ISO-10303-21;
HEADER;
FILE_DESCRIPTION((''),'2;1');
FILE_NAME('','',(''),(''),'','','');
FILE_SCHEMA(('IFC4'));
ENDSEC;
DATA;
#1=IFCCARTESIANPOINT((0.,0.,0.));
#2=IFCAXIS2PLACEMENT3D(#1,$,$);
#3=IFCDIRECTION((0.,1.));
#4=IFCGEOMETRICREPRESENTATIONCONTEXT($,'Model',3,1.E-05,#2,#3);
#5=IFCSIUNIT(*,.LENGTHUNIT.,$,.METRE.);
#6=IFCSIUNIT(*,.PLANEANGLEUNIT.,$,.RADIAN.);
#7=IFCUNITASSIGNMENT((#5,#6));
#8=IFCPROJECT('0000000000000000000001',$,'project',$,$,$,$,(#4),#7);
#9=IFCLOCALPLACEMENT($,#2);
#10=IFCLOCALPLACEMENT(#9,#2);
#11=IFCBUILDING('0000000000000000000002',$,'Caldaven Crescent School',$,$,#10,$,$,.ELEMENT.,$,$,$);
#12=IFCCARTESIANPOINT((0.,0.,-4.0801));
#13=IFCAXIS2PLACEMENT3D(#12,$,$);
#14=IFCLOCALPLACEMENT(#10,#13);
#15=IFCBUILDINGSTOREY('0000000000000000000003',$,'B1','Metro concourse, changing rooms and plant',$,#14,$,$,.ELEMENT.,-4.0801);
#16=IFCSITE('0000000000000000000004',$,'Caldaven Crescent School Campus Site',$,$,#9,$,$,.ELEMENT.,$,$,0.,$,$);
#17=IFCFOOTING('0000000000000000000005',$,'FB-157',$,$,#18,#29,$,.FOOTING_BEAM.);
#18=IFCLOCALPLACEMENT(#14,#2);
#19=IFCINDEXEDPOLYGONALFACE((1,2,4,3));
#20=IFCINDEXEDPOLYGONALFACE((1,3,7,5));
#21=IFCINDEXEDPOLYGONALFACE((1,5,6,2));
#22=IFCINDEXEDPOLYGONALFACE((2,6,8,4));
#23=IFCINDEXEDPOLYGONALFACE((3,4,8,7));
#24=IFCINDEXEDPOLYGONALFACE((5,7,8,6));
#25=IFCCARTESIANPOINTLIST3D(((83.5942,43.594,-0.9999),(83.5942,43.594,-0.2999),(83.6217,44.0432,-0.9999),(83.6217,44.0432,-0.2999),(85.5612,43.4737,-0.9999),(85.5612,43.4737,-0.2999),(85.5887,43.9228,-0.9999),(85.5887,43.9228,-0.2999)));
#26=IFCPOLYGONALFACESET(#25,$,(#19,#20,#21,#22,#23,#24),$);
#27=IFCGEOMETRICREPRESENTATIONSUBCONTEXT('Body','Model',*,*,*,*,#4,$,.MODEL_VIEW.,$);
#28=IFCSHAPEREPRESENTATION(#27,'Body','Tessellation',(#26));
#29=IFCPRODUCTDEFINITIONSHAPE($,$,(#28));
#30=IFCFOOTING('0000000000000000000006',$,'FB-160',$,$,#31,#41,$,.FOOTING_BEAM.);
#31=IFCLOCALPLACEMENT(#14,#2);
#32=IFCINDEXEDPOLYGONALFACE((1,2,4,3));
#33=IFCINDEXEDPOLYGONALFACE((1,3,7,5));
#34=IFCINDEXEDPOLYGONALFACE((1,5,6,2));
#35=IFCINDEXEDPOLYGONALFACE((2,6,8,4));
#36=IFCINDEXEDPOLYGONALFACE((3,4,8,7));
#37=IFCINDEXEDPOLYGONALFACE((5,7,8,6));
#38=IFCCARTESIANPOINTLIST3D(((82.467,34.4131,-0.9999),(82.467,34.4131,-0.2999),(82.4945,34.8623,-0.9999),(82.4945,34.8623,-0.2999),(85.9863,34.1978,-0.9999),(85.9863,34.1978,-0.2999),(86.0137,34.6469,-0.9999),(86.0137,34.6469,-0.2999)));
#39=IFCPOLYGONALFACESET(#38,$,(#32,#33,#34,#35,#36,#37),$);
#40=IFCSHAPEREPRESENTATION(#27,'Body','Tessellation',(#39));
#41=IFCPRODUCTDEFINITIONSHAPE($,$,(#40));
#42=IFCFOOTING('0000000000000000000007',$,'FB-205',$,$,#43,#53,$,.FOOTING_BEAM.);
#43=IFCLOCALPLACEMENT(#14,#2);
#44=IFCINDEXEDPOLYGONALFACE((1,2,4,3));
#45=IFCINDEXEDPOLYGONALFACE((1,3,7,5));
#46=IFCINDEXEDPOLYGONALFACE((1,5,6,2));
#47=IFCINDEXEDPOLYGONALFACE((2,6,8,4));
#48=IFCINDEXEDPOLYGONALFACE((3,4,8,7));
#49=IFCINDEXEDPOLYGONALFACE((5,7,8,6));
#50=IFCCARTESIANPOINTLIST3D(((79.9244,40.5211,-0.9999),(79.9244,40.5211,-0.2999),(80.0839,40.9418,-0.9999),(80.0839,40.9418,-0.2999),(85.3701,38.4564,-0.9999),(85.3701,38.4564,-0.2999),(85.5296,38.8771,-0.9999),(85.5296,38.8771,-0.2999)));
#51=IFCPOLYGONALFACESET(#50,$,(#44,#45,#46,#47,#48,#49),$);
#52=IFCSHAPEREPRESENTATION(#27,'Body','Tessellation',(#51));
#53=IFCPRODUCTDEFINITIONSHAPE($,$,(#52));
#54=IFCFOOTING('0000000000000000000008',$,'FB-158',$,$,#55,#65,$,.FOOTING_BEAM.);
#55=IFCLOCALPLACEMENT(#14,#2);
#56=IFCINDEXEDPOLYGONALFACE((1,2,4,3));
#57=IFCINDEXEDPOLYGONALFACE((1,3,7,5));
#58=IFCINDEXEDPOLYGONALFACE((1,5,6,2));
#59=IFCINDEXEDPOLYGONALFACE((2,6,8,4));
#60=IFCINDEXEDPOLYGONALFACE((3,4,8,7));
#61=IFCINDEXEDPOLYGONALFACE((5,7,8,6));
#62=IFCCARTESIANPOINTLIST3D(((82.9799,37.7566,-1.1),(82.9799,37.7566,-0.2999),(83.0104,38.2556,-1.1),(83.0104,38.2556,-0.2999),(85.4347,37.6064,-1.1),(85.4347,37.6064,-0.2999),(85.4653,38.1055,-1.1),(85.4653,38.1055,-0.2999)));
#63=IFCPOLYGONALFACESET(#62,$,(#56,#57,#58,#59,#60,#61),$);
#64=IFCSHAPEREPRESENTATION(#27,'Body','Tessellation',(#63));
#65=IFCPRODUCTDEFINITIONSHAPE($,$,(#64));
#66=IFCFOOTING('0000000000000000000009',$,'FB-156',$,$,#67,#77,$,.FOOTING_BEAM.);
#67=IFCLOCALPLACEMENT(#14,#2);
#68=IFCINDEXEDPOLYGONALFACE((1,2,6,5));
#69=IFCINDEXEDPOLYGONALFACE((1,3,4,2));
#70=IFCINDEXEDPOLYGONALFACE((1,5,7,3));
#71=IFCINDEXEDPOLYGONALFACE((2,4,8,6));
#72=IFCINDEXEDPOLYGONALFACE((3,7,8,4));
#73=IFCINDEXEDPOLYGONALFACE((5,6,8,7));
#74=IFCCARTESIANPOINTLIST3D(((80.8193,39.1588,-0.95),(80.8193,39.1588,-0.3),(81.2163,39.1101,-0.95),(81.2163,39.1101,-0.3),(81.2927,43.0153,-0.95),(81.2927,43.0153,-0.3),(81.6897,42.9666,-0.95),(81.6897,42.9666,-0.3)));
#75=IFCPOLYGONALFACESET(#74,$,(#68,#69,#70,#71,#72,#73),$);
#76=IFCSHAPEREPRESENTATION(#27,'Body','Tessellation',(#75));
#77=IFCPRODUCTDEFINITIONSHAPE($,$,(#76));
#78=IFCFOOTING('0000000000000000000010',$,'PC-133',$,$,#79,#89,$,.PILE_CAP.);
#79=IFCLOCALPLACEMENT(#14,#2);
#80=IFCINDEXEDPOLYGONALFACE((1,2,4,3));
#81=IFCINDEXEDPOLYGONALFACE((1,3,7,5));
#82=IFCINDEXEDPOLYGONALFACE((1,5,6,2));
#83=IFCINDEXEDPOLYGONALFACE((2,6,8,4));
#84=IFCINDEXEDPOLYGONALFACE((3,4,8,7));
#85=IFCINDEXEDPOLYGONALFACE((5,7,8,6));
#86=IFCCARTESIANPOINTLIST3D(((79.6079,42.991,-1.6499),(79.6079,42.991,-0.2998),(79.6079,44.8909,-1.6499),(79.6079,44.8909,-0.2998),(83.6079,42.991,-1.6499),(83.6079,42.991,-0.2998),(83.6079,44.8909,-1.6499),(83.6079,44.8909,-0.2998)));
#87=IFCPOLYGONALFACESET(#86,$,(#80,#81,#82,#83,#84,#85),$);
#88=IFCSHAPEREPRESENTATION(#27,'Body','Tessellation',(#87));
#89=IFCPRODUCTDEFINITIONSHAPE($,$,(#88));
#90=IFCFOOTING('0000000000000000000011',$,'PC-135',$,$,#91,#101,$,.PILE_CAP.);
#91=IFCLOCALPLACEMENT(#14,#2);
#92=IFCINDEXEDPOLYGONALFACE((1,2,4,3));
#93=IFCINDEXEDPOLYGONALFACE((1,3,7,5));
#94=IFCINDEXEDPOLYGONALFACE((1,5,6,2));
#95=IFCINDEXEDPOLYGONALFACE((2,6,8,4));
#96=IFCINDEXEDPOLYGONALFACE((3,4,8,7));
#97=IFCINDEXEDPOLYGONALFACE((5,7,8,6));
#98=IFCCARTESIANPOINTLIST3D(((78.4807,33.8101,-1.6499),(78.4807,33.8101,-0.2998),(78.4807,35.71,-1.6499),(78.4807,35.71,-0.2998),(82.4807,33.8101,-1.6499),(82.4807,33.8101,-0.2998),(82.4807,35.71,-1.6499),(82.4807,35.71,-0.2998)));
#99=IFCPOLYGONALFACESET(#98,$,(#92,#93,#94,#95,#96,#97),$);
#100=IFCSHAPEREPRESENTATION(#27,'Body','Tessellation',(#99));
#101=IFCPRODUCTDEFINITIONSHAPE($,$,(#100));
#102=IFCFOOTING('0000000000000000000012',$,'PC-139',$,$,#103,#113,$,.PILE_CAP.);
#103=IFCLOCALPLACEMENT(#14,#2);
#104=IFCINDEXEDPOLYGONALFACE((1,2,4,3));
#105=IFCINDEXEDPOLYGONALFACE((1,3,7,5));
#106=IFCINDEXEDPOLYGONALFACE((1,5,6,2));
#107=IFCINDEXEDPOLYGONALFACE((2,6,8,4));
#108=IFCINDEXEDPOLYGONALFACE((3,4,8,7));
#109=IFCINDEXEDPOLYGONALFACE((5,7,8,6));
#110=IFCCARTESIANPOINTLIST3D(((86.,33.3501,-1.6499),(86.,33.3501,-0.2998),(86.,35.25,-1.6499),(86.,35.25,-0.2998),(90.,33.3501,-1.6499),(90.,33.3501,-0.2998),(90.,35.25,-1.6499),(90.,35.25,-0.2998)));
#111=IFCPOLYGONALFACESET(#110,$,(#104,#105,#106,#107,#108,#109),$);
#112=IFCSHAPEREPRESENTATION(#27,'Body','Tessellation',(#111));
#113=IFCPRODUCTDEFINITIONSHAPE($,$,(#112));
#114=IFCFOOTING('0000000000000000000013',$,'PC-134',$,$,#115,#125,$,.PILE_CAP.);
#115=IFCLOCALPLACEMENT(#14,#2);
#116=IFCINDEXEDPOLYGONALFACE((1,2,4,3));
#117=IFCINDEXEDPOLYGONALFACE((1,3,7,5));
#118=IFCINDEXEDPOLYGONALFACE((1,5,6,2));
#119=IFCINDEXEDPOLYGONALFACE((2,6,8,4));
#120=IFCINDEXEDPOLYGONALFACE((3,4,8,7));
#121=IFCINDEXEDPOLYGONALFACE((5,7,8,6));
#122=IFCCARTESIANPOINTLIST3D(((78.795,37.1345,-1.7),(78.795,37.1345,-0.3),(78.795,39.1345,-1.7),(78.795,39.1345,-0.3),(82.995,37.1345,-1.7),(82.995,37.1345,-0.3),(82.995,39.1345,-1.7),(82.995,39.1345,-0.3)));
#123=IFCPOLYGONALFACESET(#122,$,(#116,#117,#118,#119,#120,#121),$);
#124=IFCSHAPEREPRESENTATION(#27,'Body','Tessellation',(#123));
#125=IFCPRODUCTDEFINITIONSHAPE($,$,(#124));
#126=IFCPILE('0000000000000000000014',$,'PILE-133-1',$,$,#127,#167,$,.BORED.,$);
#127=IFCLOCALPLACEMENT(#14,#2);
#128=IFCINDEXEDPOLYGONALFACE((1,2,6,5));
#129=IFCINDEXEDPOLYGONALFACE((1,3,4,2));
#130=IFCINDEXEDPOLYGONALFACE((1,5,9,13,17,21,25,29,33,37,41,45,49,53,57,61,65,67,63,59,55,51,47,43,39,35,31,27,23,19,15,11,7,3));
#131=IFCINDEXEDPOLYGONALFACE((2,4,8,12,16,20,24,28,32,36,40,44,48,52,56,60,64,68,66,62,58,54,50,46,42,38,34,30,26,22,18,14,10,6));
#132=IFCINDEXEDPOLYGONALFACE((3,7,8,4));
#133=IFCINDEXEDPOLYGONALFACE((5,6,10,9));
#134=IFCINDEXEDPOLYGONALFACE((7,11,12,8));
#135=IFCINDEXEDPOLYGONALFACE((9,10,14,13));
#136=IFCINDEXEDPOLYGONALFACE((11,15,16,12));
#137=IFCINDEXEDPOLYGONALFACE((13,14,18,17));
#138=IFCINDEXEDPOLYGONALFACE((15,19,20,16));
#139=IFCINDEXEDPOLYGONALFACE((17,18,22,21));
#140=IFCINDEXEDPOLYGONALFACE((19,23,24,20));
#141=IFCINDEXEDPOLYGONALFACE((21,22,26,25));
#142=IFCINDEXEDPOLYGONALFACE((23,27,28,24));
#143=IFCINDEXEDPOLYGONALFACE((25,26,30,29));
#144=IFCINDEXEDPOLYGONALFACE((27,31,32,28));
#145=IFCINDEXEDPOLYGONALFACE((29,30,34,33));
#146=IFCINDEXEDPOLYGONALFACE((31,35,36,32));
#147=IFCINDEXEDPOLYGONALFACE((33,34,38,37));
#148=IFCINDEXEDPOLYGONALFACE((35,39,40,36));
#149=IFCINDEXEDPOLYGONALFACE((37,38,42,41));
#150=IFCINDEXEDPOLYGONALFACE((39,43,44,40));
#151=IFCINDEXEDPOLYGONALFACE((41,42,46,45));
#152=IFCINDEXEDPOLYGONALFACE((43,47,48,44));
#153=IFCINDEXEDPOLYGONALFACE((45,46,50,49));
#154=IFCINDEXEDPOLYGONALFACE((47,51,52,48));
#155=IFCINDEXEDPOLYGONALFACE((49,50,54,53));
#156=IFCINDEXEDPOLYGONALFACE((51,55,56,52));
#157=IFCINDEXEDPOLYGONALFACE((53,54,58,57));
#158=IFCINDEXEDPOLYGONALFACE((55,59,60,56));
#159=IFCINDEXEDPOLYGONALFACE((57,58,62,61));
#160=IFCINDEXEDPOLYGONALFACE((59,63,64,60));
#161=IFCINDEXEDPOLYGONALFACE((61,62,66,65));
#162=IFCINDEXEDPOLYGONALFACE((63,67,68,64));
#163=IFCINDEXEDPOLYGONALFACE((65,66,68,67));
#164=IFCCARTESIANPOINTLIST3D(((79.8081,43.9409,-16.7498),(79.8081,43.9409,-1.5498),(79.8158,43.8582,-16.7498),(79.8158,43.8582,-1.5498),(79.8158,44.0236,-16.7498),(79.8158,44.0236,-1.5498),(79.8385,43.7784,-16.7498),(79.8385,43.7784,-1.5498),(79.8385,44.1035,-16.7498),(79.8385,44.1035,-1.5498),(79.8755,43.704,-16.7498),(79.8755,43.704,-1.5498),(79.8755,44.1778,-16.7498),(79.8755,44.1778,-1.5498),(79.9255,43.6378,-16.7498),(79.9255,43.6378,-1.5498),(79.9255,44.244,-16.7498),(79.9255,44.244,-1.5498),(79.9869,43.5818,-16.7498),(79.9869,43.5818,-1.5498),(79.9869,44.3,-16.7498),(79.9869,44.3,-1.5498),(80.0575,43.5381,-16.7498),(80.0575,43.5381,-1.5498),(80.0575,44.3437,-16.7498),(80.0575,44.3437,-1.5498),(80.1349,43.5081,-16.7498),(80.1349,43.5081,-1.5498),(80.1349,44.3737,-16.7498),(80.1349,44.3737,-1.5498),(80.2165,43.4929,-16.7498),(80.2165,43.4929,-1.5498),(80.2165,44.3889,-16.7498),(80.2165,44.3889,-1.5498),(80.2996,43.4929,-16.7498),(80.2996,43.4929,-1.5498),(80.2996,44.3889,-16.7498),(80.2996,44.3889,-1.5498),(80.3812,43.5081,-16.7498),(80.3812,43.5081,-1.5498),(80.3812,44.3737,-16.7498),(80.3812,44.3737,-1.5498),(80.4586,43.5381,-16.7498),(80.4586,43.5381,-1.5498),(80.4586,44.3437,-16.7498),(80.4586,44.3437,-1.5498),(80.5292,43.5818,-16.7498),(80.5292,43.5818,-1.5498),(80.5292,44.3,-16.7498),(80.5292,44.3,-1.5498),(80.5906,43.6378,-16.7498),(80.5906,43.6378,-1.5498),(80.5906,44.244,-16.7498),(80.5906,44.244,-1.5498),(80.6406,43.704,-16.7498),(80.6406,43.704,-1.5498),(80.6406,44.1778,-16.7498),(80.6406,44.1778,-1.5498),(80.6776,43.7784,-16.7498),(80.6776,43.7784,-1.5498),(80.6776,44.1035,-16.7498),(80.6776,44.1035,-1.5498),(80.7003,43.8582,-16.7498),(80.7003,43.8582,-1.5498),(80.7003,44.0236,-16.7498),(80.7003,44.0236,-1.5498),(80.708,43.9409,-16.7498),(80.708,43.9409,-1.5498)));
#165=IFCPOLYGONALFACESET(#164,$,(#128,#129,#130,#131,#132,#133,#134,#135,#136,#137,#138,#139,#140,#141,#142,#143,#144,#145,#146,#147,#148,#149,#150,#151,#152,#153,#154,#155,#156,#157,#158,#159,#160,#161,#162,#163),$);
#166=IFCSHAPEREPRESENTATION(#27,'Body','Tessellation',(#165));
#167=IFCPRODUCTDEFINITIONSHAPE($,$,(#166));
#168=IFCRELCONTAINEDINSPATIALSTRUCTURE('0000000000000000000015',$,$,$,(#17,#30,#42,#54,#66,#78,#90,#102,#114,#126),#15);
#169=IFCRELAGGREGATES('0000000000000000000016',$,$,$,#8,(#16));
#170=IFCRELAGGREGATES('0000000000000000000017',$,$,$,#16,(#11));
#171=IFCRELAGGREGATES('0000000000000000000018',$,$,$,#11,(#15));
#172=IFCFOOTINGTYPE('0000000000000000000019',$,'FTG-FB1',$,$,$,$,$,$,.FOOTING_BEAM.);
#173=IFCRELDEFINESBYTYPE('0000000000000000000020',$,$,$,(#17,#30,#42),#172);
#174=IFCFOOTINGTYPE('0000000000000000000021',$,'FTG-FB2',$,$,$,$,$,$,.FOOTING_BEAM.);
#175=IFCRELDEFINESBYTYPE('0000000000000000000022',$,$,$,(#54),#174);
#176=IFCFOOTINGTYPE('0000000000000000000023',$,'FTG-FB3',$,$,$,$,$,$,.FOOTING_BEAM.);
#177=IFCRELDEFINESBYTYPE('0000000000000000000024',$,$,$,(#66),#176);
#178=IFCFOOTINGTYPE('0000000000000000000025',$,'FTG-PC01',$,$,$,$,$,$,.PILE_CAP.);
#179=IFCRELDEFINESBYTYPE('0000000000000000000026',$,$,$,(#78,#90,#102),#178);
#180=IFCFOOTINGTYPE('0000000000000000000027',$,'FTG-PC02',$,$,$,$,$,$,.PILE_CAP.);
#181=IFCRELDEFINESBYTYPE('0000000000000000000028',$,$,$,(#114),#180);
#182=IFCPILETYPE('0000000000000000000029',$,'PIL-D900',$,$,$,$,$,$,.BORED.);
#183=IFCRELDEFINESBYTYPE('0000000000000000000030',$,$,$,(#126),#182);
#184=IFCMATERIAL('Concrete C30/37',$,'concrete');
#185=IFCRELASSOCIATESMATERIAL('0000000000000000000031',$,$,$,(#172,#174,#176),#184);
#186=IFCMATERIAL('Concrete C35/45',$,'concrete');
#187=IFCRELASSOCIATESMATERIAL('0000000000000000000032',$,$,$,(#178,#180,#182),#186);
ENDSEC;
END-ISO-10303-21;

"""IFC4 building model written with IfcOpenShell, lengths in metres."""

from ifc_helpers import new_model, si_unit, direction, frame, origin, origin_2d, place, context, subcontext, project, spatial, rectangle, circle, extrude, material, material_profile, profile_set, type_object, element, save


model = new_model("IFC4")

# Units and contexts
model_context = context("Model", 3, precision=1e-05, world=origin(), true_north=direction((0.0, 1.0)))
body_context = subcontext(model_context, "Body", "Model", "MODEL_VIEW")
ifc_project = project(units=[si_unit("LENGTHUNIT", "METRE"), si_unit("PLANEANGLEUNIT", "RADIAN")], contexts=[model_context])

# Site, building, storey
site_placement = place(None, origin())
site = spatial("IfcSite", under=ifc_project, at=site_placement, Name="Caldaven Crescent School Campus Site", CompositionType="ELEMENT", RefElevation=0.0)
building_placement = place(site_placement, origin())
building = spatial("IfcBuilding", under=site, at=building_placement, Name="Caldaven Crescent School", CompositionType="ELEMENT")
storey_placement = place(building_placement, frame((0.0, 0.0, -4.0801)))
storey = spatial("IfcBuildingStorey", under=building, at=storey_placement, Name="B1", Description="Metro concourse, changing rooms and plant", CompositionType="ELEMENT", Elevation=-4.0801)

# Footings
ifc_material_1 = material(Name="Concrete C30/37", Category="concrete")
ifc_material_profile_1 = material_profile(ifc_material_1, rectangle(XDim=0.45, YDim=0.7, at=origin_2d()), Name="FB 450x700")
ifc_profile_set_1 = profile_set([ifc_material_profile_1], Name="Concrete C30/37")
footing_type_1 = type_object("IfcFootingType", Name="FTG-FB1", PredefinedType="FOOTING_BEAM", material=ifc_profile_set_1)
footing_1_placement = place(storey_placement, frame((83.6079, 43.8186, -0.6499), z_axis=(0.998133, -0.061075, 0.0), x_axis=(0.061075, 0.998133, 0.0)))
element("IfcFooting", 1, at=footing_1_placement, inside=storey, type_object=footing_type_1, Name="FB-157", PredefinedType="FOOTING_BEAM", context=body_context, shape_type="SweptSolid", body=[
    extrude(rectangle(XDim=0.45, YDim=0.7, at=origin_2d()), origin(), (0.0, 0.0, 1.0), 1.9707),
])
footing_2_placement = place(storey_placement, frame((82.4807, 34.6377, -0.6499), z_axis=(0.998133, -0.061072, 0.0), x_axis=(0.061072, 0.998133, 0.0)))
element("IfcFooting", 2, at=footing_2_placement, inside=storey, type_object=footing_type_1, Name="FB-160", PredefinedType="FOOTING_BEAM", context=body_context, shape_type="SweptSolid", body=[
    extrude(rectangle(XDim=0.45, YDim=0.7, at=origin_2d()), origin(), (0.0, 0.0, 1.0), 3.5259),
])
footing_3_placement = place(storey_placement, frame((80.0042, 40.7314, -0.6499), z_axis=(0.935052, -0.354511, 0.0), x_axis=(0.354511, 0.935052, 0.0)))
element("IfcFooting", 3, at=footing_3_placement, inside=storey, type_object=footing_type_1, Name="FB-205", PredefinedType="FOOTING_BEAM", context=body_context, shape_type="SweptSolid", body=[
    extrude(rectangle(XDim=0.45, YDim=0.7, at=origin_2d()), origin(), (0.0, 0.0, 1.0), 5.824),
])
ifc_material_profile_2 = material_profile(ifc_material_1, rectangle(XDim=0.5, YDim=0.8, at=origin_2d()), Name="FB 500x800")
ifc_profile_set_2 = profile_set([ifc_material_profile_2], Name="Concrete C30/37")
footing_type_2 = type_object("IfcFootingType", Name="FTG-FB2", PredefinedType="FOOTING_BEAM", material=ifc_profile_set_2)
footing_4_placement = place(storey_placement, frame((82.9951, 38.0061, -0.7), z_axis=(0.998135, -0.06105, 0.0), x_axis=(0.06105, 0.998135, 0.0)))
element("IfcFooting", 4, at=footing_4_placement, inside=storey, type_object=footing_type_2, Name="FB-158", PredefinedType="FOOTING_BEAM", context=body_context, shape_type="SweptSolid", body=[
    extrude(rectangle(XDim=0.5, YDim=0.8, at=origin_2d()), origin(), (0.0, 0.0, 1.0), 2.4595),
])
ifc_material_profile_3 = material_profile(ifc_material_1, rectangle(XDim=0.3999, YDim=0.6499, at=origin_2d()), Name="FB 400x650")
ifc_profile_set_3 = profile_set([ifc_material_profile_3], Name="Concrete C30/37")
footing_type_3 = type_object("IfcFootingType", Name="FTG-FB3", PredefinedType="FOOTING_BEAM", material=ifc_profile_set_3)
footing_5_placement = place(storey_placement, frame((81.4912, 42.991, -0.625), z_axis=(-0.121838, -0.99255, 0.0), x_axis=(0.99255, -0.121838, 0.0)))
element("IfcFooting", 5, at=footing_5_placement, inside=storey, type_object=footing_type_3, Name="FB-156", PredefinedType="FOOTING_BEAM", context=body_context, shape_type="SweptSolid", body=[
    extrude(rectangle(XDim=0.3999, YDim=0.6499, at=origin_2d()), origin(), (0.0, 0.0, 1.0), 3.8855),
])
ifc_material_2 = material(Name="Concrete C35/45", Category="concrete")
footing_type_4 = type_object("IfcFootingType", Name="FTG-PC01", PredefinedType="PILE_CAP", material=ifc_material_2)
for number, where, z_axis, x_axis, name in (
    (6, (81.6079, 43.9409, -1.6499), (0.0, 0.0, 1.0), (1.0, 0.0, 0.0), "PC-133"),
    (7, (80.4807, 34.76, -1.6499), (0.0, 0.0, 1.0), (1.0, 0.0, 0.0), "PC-135"),
    (8, (88.0, 34.3, -1.6499), (0.0, 0.0, 1.0), (1.0, 0.0, 0.0), "PC-139"),
):
    element("IfcFooting", number, at=place(storey_placement, frame(where, z_axis=z_axis, x_axis=x_axis)), inside=storey, type_object=footing_type_4, Name=name, PredefinedType="PILE_CAP", context=body_context, shape_type="SweptSolid", body=[
        extrude(rectangle(XDim=4.0, YDim=1.8999, at=origin_2d()), origin(), (0.0, 0.0, 1.0), 1.3501),
    ])
footing_type_5 = type_object("IfcFootingType", Name="FTG-PC02", PredefinedType="PILE_CAP", material=ifc_material_2)
footing_6_placement = place(storey_placement, frame((80.895, 38.1345, -1.7), z_axis=(0.0, 0.0, 1.0), x_axis=(1.0, 0.0, 0.0)))
element("IfcFooting", 9, at=footing_6_placement, inside=storey, type_object=footing_type_5, Name="PC-134", PredefinedType="PILE_CAP", context=body_context, shape_type="SweptSolid", body=[
    extrude(rectangle(XDim=4.2, YDim=2.0, at=origin_2d()), origin(), (0.0, 0.0, 1.0), 1.3999),
])

# Pile
ifc_material_profile_4 = material_profile(ifc_material_2, circle(Radius=0.45, at=origin_2d()), Name="PILE D900")
ifc_profile_set_4 = profile_set([ifc_material_profile_4], Name="Concrete C35/45")
pile_type = type_object("IfcPileType", Name="PIL-D900", PredefinedType="BORED", material=ifc_profile_set_4)
for number, where, z_axis, x_axis, name in (
    (10, (80.2581, 43.9409, -1.5498), (0.0, 0.0, -1.0), (1.0, 0.0, 0.0), "PILE-133-1"),
):
    element("IfcPile", number, at=place(storey_placement, frame(where, z_axis=z_axis, x_axis=x_axis)), inside=storey, type_object=pile_type, Name=name, PredefinedType="BORED", context=body_context, shape_type="SweptSolid", body=[
        extrude(circle(Radius=0.45, at=origin_2d()), origin(), (0.0, 0.0, 1.0), 15.2),
    ])

save(model, "model.ifc")
